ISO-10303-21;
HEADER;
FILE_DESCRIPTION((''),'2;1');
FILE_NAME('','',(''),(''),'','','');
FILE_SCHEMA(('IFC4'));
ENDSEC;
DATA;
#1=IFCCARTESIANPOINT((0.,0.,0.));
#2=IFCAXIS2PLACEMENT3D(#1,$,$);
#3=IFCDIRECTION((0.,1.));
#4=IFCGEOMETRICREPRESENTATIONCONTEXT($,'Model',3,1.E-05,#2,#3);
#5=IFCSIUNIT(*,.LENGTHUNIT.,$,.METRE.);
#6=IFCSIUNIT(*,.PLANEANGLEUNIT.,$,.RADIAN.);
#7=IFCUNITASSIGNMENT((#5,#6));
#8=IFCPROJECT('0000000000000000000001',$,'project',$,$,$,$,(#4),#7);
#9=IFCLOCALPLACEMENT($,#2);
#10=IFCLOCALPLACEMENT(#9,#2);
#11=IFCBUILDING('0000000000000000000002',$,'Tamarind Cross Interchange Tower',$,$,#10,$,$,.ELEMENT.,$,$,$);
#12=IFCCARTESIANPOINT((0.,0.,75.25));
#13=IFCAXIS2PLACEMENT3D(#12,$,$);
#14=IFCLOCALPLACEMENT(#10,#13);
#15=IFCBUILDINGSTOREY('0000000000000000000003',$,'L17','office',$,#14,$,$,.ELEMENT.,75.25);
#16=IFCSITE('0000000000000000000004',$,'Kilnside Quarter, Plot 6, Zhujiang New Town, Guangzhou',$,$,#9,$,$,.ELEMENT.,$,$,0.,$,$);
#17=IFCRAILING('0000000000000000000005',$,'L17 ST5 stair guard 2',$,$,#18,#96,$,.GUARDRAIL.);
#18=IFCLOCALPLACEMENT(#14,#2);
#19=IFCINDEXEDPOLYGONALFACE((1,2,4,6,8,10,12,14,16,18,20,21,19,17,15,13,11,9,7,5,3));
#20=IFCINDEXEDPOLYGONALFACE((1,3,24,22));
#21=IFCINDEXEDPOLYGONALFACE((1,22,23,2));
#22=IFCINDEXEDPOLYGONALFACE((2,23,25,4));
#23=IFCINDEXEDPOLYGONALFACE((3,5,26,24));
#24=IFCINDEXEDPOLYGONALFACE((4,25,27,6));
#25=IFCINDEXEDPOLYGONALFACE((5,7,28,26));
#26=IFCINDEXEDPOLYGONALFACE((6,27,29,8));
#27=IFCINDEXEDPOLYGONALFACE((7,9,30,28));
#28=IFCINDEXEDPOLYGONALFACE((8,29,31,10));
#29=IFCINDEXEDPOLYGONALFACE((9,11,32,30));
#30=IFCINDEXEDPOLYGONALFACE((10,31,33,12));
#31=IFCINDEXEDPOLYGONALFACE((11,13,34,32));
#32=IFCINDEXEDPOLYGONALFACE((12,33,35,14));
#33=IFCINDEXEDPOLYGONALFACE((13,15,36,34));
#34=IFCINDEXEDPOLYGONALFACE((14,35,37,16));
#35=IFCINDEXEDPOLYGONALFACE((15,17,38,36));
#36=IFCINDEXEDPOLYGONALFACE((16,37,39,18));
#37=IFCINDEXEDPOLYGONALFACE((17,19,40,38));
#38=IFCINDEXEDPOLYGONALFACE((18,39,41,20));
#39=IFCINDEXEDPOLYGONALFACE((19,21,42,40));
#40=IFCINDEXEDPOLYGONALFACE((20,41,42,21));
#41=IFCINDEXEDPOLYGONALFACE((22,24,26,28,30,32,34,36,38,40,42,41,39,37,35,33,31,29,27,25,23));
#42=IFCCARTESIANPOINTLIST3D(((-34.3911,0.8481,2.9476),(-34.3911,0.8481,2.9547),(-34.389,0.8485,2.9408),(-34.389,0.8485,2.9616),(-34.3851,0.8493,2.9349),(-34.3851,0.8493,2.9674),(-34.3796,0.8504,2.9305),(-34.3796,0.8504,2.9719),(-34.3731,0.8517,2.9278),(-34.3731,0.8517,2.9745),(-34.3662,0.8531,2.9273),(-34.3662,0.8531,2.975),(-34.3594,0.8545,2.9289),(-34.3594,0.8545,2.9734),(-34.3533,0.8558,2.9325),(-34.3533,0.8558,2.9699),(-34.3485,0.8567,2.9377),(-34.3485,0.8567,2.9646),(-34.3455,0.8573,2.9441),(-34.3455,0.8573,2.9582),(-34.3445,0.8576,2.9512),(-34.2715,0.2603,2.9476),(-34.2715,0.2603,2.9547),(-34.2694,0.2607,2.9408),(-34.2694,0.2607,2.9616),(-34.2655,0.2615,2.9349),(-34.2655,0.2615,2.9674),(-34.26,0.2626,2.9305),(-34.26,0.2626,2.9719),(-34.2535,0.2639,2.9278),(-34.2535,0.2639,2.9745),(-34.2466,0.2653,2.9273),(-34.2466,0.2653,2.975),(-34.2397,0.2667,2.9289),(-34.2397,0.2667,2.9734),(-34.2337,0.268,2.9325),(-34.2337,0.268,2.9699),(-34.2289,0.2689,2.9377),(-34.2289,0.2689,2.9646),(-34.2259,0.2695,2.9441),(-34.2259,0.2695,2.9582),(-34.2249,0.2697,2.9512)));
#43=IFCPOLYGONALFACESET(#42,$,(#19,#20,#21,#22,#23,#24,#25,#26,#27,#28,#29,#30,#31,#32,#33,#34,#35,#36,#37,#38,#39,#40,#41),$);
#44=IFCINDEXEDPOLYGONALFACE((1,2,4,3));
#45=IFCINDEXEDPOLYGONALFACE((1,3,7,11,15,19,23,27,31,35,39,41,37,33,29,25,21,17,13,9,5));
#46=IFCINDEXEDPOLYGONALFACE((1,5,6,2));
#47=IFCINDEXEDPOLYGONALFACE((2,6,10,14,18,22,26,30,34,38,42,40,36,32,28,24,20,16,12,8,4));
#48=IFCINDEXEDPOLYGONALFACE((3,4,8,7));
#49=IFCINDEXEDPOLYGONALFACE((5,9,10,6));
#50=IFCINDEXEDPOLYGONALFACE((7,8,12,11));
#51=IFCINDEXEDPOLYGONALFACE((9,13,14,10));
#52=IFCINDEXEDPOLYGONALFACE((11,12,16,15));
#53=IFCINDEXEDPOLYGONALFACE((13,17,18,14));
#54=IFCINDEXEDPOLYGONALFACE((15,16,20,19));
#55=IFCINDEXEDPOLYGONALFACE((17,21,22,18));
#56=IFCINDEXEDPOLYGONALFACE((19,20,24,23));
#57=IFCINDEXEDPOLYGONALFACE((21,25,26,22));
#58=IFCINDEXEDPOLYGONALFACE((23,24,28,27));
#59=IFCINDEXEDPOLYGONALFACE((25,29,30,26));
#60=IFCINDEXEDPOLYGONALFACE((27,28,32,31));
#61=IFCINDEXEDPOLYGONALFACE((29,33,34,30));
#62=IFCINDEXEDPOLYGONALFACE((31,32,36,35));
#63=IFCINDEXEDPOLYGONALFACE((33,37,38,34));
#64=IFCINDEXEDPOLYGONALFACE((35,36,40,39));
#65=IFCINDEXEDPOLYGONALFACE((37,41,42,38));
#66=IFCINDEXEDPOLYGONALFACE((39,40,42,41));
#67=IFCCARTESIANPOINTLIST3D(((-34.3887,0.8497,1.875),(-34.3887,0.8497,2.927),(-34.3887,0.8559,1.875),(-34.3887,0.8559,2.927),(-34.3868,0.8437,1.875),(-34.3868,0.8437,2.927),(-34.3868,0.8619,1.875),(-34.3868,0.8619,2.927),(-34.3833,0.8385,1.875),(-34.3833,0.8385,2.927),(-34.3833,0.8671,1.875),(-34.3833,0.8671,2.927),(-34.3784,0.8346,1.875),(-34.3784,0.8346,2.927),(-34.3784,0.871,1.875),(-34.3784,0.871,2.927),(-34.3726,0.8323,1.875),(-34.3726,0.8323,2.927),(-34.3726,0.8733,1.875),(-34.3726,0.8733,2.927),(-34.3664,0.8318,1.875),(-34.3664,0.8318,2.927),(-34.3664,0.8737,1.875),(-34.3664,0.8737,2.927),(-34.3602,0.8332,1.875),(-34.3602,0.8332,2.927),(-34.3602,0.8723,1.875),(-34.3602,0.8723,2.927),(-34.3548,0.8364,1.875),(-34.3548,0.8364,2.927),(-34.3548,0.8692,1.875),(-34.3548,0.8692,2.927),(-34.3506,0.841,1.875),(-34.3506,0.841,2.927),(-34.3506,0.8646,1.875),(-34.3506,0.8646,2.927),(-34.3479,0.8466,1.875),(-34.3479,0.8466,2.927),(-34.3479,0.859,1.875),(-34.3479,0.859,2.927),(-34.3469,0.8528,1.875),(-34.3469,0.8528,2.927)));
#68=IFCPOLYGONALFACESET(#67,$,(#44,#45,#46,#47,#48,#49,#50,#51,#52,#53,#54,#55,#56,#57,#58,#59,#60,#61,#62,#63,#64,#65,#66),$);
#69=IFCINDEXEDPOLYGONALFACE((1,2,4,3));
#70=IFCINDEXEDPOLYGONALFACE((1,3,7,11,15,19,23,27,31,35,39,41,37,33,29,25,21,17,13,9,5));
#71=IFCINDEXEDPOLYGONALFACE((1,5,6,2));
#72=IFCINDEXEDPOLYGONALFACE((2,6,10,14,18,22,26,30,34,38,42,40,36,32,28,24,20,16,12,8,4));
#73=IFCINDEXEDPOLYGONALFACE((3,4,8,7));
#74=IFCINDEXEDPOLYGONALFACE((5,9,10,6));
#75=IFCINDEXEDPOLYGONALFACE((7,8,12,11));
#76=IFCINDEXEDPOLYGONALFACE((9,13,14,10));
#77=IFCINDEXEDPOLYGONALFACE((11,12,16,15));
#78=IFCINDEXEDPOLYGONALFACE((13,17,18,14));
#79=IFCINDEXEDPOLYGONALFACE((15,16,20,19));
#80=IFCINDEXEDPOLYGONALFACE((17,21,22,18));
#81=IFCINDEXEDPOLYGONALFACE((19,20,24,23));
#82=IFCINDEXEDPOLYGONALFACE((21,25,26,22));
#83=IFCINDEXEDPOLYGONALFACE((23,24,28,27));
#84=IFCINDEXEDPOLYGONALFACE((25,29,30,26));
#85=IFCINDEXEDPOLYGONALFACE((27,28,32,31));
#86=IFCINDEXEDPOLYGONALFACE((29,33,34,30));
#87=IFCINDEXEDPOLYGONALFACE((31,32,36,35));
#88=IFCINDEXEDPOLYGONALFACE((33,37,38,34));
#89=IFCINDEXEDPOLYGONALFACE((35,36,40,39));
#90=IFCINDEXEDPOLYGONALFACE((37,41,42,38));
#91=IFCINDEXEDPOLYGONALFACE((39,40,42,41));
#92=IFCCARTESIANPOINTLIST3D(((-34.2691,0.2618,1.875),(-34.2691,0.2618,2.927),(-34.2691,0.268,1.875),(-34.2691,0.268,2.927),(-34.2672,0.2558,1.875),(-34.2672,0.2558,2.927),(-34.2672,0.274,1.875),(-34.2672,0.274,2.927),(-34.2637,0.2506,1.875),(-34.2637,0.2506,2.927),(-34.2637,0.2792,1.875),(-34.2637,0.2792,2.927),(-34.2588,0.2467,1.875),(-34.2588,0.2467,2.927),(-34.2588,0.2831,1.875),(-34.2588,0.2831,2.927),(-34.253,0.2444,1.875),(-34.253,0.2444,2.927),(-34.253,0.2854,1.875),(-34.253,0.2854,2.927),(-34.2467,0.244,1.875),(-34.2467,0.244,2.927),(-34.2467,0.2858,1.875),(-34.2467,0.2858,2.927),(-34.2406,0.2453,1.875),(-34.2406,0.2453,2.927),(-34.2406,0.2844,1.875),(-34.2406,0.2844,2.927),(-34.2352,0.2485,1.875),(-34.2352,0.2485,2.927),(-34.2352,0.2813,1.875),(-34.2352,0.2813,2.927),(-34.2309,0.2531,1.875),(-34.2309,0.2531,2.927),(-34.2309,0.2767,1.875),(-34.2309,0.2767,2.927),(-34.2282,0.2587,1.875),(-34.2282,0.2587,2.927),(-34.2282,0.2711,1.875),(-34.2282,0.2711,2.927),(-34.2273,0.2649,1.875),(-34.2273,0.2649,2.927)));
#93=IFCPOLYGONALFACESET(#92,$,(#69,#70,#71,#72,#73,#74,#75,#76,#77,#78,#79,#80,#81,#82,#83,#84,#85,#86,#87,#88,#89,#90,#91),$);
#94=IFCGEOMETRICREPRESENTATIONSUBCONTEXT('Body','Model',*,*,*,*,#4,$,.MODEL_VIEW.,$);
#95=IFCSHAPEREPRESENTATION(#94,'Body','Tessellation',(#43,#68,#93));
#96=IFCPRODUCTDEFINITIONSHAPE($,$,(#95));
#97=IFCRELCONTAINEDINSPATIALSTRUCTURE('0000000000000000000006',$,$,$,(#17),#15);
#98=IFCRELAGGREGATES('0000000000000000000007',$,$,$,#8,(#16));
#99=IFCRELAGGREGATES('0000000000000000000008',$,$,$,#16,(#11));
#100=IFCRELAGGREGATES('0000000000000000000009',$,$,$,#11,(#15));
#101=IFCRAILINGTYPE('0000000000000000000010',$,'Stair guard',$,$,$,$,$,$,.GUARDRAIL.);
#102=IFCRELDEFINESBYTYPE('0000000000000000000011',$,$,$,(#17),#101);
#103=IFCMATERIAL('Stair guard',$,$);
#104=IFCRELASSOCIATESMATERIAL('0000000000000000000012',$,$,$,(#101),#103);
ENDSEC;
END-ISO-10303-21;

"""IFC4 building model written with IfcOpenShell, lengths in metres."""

from ifc_helpers import new_model, si_unit, direction, frame, origin, origin_2d, place, context, subcontext, project, spatial, circle, extrude, material, type_object, element, save


model = new_model("IFC4")

# Units and contexts
model_context = context("Model", 3, precision=1e-05, world=origin(), true_north=direction((0.0, 1.0)))
body_context = subcontext(model_context, "Body", "Model", "MODEL_VIEW")
ifc_project = project(units=[si_unit("LENGTHUNIT", "METRE"), si_unit("PLANEANGLEUNIT", "RADIAN")], contexts=[model_context])

# Site, building, storey
site_placement = place(None, origin())
site = spatial("IfcSite", under=ifc_project, at=site_placement, Name="Kilnside Quarter, Plot 6, Zhujiang New Town, Guangzhou", CompositionType="ELEMENT", RefElevation=0.0)
building_placement = place(site_placement, origin())
building = spatial("IfcBuilding", under=site, at=building_placement, Name="Tamarind Cross Interchange Tower", CompositionType="ELEMENT")
storey_placement = place(building_placement, frame((0.0, 0.0, 75.25)))
storey = spatial("IfcBuildingStorey", under=building, at=storey_placement, Name="L17", Description="office", CompositionType="ELEMENT", Elevation=75.25)

# Railing
ifc_material_1 = material(Name="Stair guard")
railing_type_1 = type_object("IfcRailingType", Name="Stair guard", PredefinedType="GUARDRAIL", material=ifc_material_1)
railing_1_placement = place(storey_placement, frame((-34.3679, 0.8528, 1.875)))
element("IfcRailing", 1, at=railing_1_placement, inside=storey, type_object=railing_type_1, Name="L17 ST5 stair guard 2", PredefinedType="GUARDRAIL", context=body_context, shape_type="SweptSolid", body=[
    extrude(circle(Radius=0.0239, at=origin_2d()), frame((0.0, 0.0, 1.0762), z_axis=(0.199402, -0.979918, 0.0), x_axis=(0.979918, 0.199402, 0.0)), (0.0, 0.0, 1.0), 0.5999),
    extrude(circle(Radius=0.021, at=origin_2d()), origin(), (0.0, 0.0, 1.0), 1.052),
    extrude(circle(Radius=0.021, at=origin_2d()), frame((0.1196, -0.5879, 0.0)), (0.0, 0.0, 1.0), 1.052),
])

save(model, "model.ifc")
